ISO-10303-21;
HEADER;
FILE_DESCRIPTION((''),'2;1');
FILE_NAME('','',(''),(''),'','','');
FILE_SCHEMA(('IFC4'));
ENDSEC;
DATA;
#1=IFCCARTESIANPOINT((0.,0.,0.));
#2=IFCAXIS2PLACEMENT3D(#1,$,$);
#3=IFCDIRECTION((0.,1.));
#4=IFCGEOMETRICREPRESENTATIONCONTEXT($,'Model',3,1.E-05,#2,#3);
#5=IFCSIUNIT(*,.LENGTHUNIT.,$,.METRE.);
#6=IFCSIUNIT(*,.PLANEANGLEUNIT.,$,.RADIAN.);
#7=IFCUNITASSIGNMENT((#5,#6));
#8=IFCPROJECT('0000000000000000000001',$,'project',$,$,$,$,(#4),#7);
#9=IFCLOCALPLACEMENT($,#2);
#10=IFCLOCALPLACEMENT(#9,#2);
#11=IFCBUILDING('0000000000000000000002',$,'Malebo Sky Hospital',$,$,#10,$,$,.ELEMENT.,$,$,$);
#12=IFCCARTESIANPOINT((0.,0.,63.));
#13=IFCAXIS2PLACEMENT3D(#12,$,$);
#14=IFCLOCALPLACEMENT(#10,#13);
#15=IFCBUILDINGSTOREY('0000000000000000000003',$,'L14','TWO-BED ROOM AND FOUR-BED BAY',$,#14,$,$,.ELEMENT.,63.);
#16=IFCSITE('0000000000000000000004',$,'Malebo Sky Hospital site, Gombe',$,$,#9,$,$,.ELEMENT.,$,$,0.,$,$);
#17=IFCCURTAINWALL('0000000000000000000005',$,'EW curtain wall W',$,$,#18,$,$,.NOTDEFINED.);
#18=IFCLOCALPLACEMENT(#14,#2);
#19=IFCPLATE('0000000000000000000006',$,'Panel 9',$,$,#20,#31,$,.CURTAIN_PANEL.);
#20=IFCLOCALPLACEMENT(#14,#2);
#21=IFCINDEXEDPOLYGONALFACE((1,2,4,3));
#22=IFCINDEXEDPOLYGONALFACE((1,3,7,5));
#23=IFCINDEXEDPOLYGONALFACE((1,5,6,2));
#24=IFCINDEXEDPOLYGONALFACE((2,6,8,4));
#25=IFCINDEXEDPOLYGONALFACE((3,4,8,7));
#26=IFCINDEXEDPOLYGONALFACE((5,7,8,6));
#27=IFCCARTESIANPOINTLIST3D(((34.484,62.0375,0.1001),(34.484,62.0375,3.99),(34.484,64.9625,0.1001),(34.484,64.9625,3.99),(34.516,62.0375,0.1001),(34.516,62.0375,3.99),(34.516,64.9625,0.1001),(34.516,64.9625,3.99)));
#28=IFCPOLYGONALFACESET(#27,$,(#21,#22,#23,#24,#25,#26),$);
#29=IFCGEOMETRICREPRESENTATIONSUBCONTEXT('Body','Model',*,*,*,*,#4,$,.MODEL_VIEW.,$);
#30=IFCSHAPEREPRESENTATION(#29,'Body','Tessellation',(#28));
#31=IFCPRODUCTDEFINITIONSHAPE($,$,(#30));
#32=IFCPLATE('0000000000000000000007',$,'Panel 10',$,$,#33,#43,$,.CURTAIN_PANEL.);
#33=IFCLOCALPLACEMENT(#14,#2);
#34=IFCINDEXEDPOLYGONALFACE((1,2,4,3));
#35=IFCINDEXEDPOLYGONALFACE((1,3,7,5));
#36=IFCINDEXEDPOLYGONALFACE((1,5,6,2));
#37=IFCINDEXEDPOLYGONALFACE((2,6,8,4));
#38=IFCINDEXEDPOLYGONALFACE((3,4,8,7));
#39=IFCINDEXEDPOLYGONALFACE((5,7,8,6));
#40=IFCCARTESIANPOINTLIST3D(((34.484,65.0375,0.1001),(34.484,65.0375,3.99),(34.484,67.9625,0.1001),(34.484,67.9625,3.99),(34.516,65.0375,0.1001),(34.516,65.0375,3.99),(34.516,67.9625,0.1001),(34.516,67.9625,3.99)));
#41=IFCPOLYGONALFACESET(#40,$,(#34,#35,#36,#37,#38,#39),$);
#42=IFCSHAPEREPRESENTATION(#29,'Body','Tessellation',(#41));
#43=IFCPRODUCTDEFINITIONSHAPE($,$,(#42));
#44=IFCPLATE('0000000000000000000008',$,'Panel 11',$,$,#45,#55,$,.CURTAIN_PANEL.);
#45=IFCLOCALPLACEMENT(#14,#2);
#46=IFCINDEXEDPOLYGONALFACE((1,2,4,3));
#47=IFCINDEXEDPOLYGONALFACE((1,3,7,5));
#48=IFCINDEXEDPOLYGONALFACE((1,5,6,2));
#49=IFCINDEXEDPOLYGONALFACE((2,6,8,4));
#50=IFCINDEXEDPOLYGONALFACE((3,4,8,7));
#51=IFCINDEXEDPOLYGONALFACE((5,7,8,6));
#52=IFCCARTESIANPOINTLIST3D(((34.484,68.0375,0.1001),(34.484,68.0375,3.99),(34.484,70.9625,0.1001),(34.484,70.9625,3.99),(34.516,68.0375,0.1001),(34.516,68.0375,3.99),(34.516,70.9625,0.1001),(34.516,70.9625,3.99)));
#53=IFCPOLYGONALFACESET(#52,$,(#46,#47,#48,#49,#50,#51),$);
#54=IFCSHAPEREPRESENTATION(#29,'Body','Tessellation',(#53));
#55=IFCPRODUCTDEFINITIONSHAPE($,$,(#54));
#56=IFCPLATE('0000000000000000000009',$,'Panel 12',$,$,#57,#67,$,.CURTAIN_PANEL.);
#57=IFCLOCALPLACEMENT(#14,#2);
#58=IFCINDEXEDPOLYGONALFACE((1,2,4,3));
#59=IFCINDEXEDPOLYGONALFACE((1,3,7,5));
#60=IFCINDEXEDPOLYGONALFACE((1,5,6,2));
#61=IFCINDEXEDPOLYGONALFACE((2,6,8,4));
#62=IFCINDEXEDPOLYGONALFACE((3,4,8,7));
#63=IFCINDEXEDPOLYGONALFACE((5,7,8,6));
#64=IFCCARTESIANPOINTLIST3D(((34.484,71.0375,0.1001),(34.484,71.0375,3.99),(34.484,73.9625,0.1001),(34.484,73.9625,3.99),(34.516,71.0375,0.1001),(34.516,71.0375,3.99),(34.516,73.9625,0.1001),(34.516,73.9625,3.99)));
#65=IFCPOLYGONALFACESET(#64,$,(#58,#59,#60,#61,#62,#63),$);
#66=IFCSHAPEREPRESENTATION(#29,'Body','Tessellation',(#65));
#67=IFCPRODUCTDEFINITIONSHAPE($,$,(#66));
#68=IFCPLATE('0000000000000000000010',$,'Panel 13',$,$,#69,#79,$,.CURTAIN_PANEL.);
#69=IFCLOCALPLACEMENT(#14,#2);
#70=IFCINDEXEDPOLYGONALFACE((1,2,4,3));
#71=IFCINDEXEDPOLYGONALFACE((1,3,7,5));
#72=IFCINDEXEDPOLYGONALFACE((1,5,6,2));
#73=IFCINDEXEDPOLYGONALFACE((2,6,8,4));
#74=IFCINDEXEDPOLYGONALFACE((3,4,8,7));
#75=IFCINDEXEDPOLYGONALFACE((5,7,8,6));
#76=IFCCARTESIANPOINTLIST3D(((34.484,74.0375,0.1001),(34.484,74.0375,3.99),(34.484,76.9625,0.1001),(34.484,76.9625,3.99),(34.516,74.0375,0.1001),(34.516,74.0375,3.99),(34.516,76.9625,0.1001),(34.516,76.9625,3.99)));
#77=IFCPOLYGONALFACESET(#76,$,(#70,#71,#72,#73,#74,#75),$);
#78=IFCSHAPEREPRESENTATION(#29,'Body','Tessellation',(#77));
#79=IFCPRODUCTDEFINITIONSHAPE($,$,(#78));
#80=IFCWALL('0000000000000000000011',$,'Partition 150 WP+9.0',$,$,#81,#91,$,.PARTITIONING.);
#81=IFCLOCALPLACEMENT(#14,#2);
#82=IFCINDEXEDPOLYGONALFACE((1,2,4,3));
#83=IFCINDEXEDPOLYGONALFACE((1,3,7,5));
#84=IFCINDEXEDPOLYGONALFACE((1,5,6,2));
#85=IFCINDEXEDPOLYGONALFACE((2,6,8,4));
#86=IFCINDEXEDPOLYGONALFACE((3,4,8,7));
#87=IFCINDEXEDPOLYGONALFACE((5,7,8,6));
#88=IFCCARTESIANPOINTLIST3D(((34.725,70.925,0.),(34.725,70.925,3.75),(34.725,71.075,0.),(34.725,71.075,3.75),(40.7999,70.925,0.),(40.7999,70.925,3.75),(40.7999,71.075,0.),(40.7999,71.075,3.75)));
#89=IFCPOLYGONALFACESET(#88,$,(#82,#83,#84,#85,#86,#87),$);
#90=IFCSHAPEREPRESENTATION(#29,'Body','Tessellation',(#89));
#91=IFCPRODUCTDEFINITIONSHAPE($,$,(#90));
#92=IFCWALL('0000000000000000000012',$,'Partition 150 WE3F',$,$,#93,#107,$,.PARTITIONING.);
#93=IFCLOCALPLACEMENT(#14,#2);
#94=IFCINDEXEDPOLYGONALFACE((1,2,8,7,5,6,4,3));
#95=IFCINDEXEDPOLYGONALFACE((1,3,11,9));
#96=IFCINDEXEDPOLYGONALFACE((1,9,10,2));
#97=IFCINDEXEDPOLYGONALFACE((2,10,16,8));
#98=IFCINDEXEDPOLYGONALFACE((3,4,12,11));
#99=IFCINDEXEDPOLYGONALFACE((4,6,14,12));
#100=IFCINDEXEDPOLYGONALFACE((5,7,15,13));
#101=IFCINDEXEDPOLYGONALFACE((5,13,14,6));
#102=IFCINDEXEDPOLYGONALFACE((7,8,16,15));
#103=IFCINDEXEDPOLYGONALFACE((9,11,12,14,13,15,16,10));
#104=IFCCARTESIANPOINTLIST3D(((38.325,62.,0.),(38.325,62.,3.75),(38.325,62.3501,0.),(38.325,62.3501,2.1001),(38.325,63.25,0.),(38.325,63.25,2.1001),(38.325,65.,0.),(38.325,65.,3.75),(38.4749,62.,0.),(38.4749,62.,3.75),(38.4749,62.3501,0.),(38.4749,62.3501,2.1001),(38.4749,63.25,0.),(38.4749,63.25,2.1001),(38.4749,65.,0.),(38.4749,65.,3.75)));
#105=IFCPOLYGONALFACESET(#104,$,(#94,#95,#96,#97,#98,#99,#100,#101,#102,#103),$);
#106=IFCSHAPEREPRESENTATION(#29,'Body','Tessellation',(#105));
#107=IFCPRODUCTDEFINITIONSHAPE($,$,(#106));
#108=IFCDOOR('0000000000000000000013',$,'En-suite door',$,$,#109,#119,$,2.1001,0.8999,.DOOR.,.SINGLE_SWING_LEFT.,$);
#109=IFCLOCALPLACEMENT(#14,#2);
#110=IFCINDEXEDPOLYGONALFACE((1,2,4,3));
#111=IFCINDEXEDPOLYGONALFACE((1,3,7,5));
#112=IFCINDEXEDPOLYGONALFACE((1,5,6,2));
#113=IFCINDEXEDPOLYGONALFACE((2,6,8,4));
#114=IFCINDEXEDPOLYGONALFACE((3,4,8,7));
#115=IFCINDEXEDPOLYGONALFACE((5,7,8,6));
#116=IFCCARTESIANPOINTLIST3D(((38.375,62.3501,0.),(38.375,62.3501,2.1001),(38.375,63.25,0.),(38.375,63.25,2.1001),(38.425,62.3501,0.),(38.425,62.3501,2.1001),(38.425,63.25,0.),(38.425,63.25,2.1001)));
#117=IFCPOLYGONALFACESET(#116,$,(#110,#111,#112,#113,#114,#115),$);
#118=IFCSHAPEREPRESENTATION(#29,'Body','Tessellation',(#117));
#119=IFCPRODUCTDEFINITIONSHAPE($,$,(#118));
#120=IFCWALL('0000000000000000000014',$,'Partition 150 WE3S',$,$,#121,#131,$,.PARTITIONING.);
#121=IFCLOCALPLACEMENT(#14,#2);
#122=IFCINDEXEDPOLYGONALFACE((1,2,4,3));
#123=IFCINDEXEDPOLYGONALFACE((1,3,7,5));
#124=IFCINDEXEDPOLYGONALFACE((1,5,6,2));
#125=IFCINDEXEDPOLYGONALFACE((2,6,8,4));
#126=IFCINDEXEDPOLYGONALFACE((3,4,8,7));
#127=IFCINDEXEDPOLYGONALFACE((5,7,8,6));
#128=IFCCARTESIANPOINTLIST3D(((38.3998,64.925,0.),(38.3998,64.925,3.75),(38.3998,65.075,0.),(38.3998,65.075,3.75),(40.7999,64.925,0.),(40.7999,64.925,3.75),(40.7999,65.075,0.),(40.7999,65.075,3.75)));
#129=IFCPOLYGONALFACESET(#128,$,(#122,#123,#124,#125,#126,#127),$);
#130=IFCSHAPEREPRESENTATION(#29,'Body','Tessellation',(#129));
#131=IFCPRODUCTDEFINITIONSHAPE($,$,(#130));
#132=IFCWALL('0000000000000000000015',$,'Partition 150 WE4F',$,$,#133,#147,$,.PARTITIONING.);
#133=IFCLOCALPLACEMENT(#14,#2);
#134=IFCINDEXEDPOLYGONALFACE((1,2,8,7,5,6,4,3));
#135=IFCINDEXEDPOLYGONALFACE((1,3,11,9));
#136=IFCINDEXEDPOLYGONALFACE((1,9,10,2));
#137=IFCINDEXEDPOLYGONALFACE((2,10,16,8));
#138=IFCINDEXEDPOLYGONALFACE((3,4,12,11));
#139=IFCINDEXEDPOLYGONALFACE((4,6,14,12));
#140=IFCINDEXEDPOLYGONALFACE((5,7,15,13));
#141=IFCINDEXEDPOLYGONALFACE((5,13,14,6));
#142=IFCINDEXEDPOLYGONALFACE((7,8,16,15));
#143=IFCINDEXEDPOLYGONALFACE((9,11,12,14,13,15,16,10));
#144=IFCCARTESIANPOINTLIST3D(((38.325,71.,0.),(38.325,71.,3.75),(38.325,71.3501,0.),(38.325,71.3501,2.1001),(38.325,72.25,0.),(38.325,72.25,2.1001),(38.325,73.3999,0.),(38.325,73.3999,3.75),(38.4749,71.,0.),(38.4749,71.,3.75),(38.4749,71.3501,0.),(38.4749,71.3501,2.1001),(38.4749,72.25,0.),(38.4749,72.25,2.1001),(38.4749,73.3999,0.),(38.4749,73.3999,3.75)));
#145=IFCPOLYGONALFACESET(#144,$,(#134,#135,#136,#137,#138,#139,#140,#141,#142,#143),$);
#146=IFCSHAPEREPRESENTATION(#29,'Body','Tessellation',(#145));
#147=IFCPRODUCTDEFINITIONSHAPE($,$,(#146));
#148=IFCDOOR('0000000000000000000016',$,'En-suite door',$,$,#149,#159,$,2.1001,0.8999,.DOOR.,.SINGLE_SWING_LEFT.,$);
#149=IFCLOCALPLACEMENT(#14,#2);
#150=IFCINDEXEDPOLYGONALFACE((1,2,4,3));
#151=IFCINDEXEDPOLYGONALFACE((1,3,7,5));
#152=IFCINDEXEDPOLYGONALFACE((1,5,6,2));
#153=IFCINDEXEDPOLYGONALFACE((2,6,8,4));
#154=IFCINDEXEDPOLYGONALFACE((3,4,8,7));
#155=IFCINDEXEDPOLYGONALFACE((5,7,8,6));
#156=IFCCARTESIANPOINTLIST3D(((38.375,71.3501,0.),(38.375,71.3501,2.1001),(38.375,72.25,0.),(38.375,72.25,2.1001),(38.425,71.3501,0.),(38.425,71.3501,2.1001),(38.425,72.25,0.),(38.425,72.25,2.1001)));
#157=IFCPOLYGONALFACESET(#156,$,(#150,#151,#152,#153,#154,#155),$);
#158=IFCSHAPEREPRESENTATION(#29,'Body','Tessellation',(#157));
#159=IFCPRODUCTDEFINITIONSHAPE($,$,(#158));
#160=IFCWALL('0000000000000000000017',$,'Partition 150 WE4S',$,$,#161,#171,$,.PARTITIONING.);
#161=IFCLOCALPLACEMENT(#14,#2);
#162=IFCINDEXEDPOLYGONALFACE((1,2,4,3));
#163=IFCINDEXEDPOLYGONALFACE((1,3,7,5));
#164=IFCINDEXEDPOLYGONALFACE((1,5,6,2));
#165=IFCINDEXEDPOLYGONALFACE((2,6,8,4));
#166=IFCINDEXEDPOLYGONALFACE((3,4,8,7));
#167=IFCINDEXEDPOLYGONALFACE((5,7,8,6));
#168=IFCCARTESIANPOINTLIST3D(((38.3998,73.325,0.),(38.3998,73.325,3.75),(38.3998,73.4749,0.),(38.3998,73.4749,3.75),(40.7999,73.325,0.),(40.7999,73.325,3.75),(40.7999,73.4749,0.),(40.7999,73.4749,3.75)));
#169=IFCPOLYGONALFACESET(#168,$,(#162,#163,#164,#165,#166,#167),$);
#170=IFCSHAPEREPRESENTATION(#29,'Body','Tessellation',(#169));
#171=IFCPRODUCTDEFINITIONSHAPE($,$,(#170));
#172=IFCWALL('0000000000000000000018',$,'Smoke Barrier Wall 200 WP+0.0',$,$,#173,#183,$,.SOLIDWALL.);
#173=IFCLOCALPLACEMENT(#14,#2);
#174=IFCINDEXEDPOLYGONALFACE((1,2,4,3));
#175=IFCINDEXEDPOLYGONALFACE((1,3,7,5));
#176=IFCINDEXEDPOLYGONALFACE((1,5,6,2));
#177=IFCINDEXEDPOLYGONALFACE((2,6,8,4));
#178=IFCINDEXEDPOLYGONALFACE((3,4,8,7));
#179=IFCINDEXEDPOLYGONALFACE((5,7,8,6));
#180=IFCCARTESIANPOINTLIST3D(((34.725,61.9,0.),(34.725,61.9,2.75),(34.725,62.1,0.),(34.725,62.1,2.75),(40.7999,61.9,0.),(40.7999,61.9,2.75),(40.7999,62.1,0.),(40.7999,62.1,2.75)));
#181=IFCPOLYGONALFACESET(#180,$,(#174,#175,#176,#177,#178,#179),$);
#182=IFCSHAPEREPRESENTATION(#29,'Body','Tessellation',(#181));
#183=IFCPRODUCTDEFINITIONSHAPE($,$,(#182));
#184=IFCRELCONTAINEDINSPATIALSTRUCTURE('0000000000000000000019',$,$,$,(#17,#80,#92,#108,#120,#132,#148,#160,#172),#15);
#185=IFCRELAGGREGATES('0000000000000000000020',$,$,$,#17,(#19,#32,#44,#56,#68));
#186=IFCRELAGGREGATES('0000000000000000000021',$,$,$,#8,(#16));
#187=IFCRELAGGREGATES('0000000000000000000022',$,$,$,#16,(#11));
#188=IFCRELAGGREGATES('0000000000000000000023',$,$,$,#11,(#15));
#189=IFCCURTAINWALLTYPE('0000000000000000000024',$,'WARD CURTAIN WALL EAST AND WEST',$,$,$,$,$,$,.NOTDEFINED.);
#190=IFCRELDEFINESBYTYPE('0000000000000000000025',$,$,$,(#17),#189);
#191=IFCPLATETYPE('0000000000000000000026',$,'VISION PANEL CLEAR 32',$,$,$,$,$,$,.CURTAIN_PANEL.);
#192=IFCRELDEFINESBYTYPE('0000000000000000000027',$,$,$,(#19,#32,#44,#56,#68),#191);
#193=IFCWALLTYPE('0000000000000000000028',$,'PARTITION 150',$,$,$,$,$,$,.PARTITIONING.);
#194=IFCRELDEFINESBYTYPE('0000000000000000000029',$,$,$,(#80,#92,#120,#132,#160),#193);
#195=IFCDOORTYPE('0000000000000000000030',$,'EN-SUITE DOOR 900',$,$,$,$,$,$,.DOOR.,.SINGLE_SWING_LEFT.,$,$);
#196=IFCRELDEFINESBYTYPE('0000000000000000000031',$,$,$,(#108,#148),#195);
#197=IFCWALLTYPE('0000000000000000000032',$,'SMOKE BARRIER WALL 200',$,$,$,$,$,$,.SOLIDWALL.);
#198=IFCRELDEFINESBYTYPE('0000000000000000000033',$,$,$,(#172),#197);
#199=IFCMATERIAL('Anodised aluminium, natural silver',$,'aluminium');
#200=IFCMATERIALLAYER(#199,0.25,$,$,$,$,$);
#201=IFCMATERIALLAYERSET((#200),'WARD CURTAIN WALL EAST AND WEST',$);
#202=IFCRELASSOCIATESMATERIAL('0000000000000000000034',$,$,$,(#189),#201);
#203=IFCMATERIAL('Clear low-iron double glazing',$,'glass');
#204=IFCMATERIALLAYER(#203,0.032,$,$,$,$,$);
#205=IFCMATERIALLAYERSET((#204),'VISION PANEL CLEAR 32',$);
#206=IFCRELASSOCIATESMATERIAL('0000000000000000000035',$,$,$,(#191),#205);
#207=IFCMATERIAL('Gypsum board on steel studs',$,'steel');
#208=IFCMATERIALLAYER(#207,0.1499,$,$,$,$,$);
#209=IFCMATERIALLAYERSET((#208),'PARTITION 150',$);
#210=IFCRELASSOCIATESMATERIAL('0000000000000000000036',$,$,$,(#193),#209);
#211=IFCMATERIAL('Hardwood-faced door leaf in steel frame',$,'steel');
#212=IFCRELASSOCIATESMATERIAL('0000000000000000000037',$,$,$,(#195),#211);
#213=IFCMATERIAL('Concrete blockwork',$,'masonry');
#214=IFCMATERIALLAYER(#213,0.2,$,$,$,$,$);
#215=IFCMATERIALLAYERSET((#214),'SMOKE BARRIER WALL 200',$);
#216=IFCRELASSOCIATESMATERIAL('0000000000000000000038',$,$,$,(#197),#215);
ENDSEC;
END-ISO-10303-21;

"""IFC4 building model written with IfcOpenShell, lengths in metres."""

from ifc_helpers import new_model, si_unit, direction, frame, frame_2d, origin, origin_2d, place, context, subcontext, project, spatial, rectangle, extrude, material, layer, layer_set, type_object, element, fill, aggregate, save


model = new_model("IFC4")

# Units and contexts
model_context = context("Model", 3, precision=1e-05, world=origin(), true_north=direction((0.0, 1.0)))
body_context = subcontext(model_context, "Body", "Model", "MODEL_VIEW")
ifc_project = project(units=[si_unit("LENGTHUNIT", "METRE"), si_unit("PLANEANGLEUNIT", "RADIAN")], contexts=[model_context])

# Site, building, storey
site_placement = place(None, origin())
site = spatial("IfcSite", under=ifc_project, at=site_placement, Name="Malebo Sky Hospital site, Gombe", CompositionType="ELEMENT", RefElevation=0.0)
building_placement = place(site_placement, origin())
building = spatial("IfcBuilding", under=site, at=building_placement, Name="Malebo Sky Hospital", CompositionType="ELEMENT")
storey_placement = place(building_placement, frame((0.0, 0.0, 63.0)))
storey = spatial("IfcBuildingStorey", under=building, at=storey_placement, Name="L14", Description="TWO-BED ROOM AND FOUR-BED BAY", CompositionType="ELEMENT", Elevation=63.0)

# Curtain wall
ifc_material_1 = material(Name="Anodised aluminium, natural silver", Category="aluminium")
ifc_layer_1 = layer(ifc_material_1, 0.25)
ifc_layer_set_1 = layer_set([ifc_layer_1], Name="WARD CURTAIN WALL EAST AND WEST")
curtain_wall_type = type_object("IfcCurtainWallType", Name="WARD CURTAIN WALL EAST AND WEST", PredefinedType="NOTDEFINED", material=ifc_layer_set_1)
curtain_wall_placement = place(storey_placement, origin())
curtain_wall = element("IfcCurtainWall", 1, at=curtain_wall_placement, inside=storey, type_object=curtain_wall_type, Name="EW curtain wall W", PredefinedType="NOTDEFINED")

# Plates
ifc_material_2 = material(Name="Clear low-iron double glazing", Category="glass")
ifc_layer_2 = layer(ifc_material_2, 0.032)
ifc_layer_set_2 = layer_set([ifc_layer_2], Name="VISION PANEL CLEAR 32")
plate_type = type_object("IfcPlateType", Name="VISION PANEL CLEAR 32", PredefinedType="CURTAIN_PANEL", material=ifc_layer_set_2)
plate_1_placement = place(storey_placement, frame((34.5, 63.5, 0.1001), z_axis=(0.0, 0.0, 1.0), x_axis=(0.0, 1.0, 0.0)))
plate_1 = element("IfcPlate", 2, at=plate_1_placement, type_object=plate_type, Name="Panel 9", PredefinedType="CURTAIN_PANEL", context=body_context, shape_type="SweptSolid", body=[
    extrude(rectangle(XDim=2.925, YDim=0.032, at=origin_2d()), origin(), (0.0, 0.0, 1.0), 3.8899),
])
plate_2_placement = place(storey_placement, frame((34.5, 66.5, 0.1001), z_axis=(0.0, 0.0, 1.0), x_axis=(0.0, 1.0, 0.0)))
plate_2 = element("IfcPlate", 3, at=plate_2_placement, type_object=plate_type, Name="Panel 10", PredefinedType="CURTAIN_PANEL", context=body_context, shape_type="SweptSolid", body=[
    extrude(rectangle(XDim=2.925, YDim=0.032, at=origin_2d()), origin(), (0.0, 0.0, 1.0), 3.8899),
])
plate_3_placement = place(storey_placement, frame((34.5, 69.5, 0.1001), z_axis=(0.0, 0.0, 1.0), x_axis=(0.0, 1.0, 0.0)))
plate_3 = element("IfcPlate", 4, at=plate_3_placement, type_object=plate_type, Name="Panel 11", PredefinedType="CURTAIN_PANEL", context=body_context, shape_type="SweptSolid", body=[
    extrude(rectangle(XDim=2.925, YDim=0.032, at=origin_2d()), origin(), (0.0, 0.0, 1.0), 3.8899),
])
plate_4_placement = place(storey_placement, frame((34.5, 72.5, 0.1001), z_axis=(0.0, 0.0, 1.0), x_axis=(0.0, 1.0, 0.0)))
plate_4 = element("IfcPlate", 5, at=plate_4_placement, type_object=plate_type, Name="Panel 12", PredefinedType="CURTAIN_PANEL", context=body_context, shape_type="SweptSolid", body=[
    extrude(rectangle(XDim=2.925, YDim=0.032, at=origin_2d()), origin(), (0.0, 0.0, 1.0), 3.8899),
])
plate_5_placement = place(storey_placement, frame((34.5, 75.5, 0.1001), z_axis=(0.0, 0.0, 1.0), x_axis=(0.0, 1.0, 0.0)))
plate_5 = element("IfcPlate", 6, at=plate_5_placement, type_object=plate_type, Name="Panel 13", PredefinedType="CURTAIN_PANEL", context=body_context, shape_type="SweptSolid", body=[
    extrude(rectangle(XDim=2.925, YDim=0.032, at=origin_2d()), origin(), (0.0, 0.0, 1.0), 3.8899),
])
aggregate(curtain_wall, [plate_1, plate_2, plate_3, plate_4, plate_5])

# Wall
ifc_material_3 = material(Name="Gypsum board on steel studs", Category="steel")
ifc_layer_3 = layer(ifc_material_3, 0.1499)
ifc_layer_set_3 = layer_set([ifc_layer_3], Name="PARTITION 150")
wall_type_1 = type_object("IfcWallType", Name="PARTITION 150", PredefinedType="PARTITIONING", material=ifc_layer_set_3)
wall_1_placement = place(storey_placement, frame((40.8, 71.0, 0.0), z_axis=(0.0, 0.0, 1.0), x_axis=(-1.0, 0.0, 0.0)))
element("IfcWall", 7, at=wall_1_placement, inside=storey, type_object=wall_type_1, Name="Partition 150 WP+9.0", PredefinedType="PARTITIONING", context=body_context, shape_type="SweptSolid", body=[
    extrude(rectangle(XDim=6.075, YDim=0.1499, at=frame_2d((3.0376, 0.0))), origin(), (0.0, 0.0, 1.0), 3.75),
])

# Wall, opening, door
wall_2_placement = place(storey_placement, frame((38.3999, 62.0, 0.0), z_axis=(0.0, 0.0, 1.0), x_axis=(0.0, 1.0, 0.0)))
wall_2 = element("IfcWall", 8, at=wall_2_placement, inside=storey, type_object=wall_type_1, Name="Partition 150 WE3F", PredefinedType="PARTITIONING", context=body_context, shape_type="SweptSolid", body=[
    extrude(rectangle(XDim=3.0, YDim=0.1499, at=frame_2d((1.5, 0.0))), origin(), (0.0, 0.0, 1.0), 3.75),
])
opening_1_placement = place(wall_2_placement, frame((0.3501, 0.0, 0.0)))
opening_1 = element("IfcOpeningElement", 9, at=opening_1_placement, cuts=wall_2, PredefinedType="OPENING", context=body_context, shape_type="SweptSolid", body=[
    extrude(rectangle(XDim=0.8999, YDim=2.1001, at=frame_2d((0.45, 1.05))), frame((0.0, 0.085, 0.0), z_axis=(0.0, -1.0, 0.0), x_axis=(1.0, 0.0, 0.0)), (0.0, 0.0, 1.0), 0.1699),
])
ifc_material_4 = material(Name="Hardwood-faced door leaf in steel frame", Category="steel")
door_type = type_object("IfcDoorType", Name="EN-SUITE DOOR 900", OperationType="SINGLE_SWING_LEFT", PredefinedType="DOOR", material=ifc_material_4)
door_1_placement = place(opening_1_placement, origin())
door_1 = element("IfcDoor", 10, at=door_1_placement, inside=storey, type_object=door_type, Name="En-suite door", OperationType="SINGLE_SWING_LEFT", OverallHeight=2.1001, OverallWidth=0.8999, PredefinedType="DOOR", context=body_context, shape_type="SweptSolid", body=[
    extrude(rectangle(XDim=0.8999, YDim=2.1001, at=frame_2d((0.45, 1.05))), frame((0.0, 0.0249, 0.0), z_axis=(0.0, -1.0, 0.0), x_axis=(1.0, 0.0, 0.0)), (0.0, 0.0, 1.0), 0.05),
])
fill(opening_1, door_1)

# Wall
wall_3_placement = place(storey_placement, frame((40.8, 65.0, 0.0), z_axis=(0.0, 0.0, 1.0), x_axis=(-1.0, 0.0, 0.0)))
element("IfcWall", 11, at=wall_3_placement, inside=storey, type_object=wall_type_1, Name="Partition 150 WE3S", PredefinedType="PARTITIONING", context=body_context, shape_type="SweptSolid", body=[
    extrude(rectangle(XDim=2.4001, YDim=0.1499, at=frame_2d((1.2002, 0.0))), origin(), (0.0, 0.0, 1.0), 3.75),
])

# Wall, opening, door
wall_4_placement = place(storey_placement, frame((38.3999, 71.0, 0.0), z_axis=(0.0, 0.0, 1.0), x_axis=(0.0, 1.0, 0.0)))
wall_4 = element("IfcWall", 12, at=wall_4_placement, inside=storey, type_object=wall_type_1, Name="Partition 150 WE4F", PredefinedType="PARTITIONING", context=body_context, shape_type="SweptSolid", body=[
    extrude(rectangle(XDim=2.3999, YDim=0.1499, at=frame_2d((1.2, 0.0))), origin(), (0.0, 0.0, 1.0), 3.75),
])
opening_2_placement = place(wall_4_placement, frame((0.3501, 0.0, 0.0)))
opening_2 = element("IfcOpeningElement", 13, at=opening_2_placement, cuts=wall_4, PredefinedType="OPENING", context=body_context, shape_type="SweptSolid", body=[
    extrude(rectangle(XDim=0.8999, YDim=2.1001, at=frame_2d((0.45, 1.05))), frame((0.0, 0.085, 0.0), z_axis=(0.0, -1.0, 0.0), x_axis=(1.0, 0.0, 0.0)), (0.0, 0.0, 1.0), 0.1699),
])
door_2_placement = place(opening_2_placement, origin())
door_2 = element("IfcDoor", 14, at=door_2_placement, inside=storey, type_object=door_type, Name="En-suite door", OperationType="SINGLE_SWING_LEFT", OverallHeight=2.1001, OverallWidth=0.8999, PredefinedType="DOOR", context=body_context, shape_type="SweptSolid", body=[
    extrude(rectangle(XDim=0.8999, YDim=2.1001, at=frame_2d((0.45, 1.05))), frame((0.0, 0.0249, 0.0), z_axis=(0.0, -1.0, 0.0), x_axis=(1.0, 0.0, 0.0)), (0.0, 0.0, 1.0), 0.05),
])
fill(opening_2, door_2)

# Walls
wall_5_placement = place(storey_placement, frame((40.8, 73.3999, 0.0), z_axis=(0.0, 0.0, 1.0), x_axis=(-1.0, 0.0, 0.0)))
element("IfcWall", 15, at=wall_5_placement, inside=storey, type_object=wall_type_1, Name="Partition 150 WE4S", PredefinedType="PARTITIONING", context=body_context, shape_type="SweptSolid", body=[
    extrude(rectangle(XDim=2.4001, YDim=0.1499, at=frame_2d((1.2002, 0.0))), origin(), (0.0, 0.0, 1.0), 3.75),
])
ifc_material_5 = material(Name="Concrete blockwork", Category="masonry")
ifc_layer_4 = layer(ifc_material_5, 0.2)
ifc_layer_set_4 = layer_set([ifc_layer_4], Name="SMOKE BARRIER WALL 200")
wall_type_2 = type_object("IfcWallType", Name="SMOKE BARRIER WALL 200", PredefinedType="SOLIDWALL", material=ifc_layer_set_4)
wall_6_placement = place(storey_placement, frame((40.8, 62.0, 0.0), z_axis=(0.0, 0.0, 1.0), x_axis=(-1.0, 0.0, 0.0)))
element("IfcWall", 16, at=wall_6_placement, inside=storey, type_object=wall_type_2, Name="Smoke Barrier Wall 200 WP+0.0", PredefinedType="SOLIDWALL", context=body_context, shape_type="SweptSolid", body=[
    extrude(rectangle(XDim=6.075, YDim=0.2, at=frame_2d((3.0376, 0.0))), origin(), (0.0, 0.0, 1.0), 2.75),
])

save(model, "model.ifc")
